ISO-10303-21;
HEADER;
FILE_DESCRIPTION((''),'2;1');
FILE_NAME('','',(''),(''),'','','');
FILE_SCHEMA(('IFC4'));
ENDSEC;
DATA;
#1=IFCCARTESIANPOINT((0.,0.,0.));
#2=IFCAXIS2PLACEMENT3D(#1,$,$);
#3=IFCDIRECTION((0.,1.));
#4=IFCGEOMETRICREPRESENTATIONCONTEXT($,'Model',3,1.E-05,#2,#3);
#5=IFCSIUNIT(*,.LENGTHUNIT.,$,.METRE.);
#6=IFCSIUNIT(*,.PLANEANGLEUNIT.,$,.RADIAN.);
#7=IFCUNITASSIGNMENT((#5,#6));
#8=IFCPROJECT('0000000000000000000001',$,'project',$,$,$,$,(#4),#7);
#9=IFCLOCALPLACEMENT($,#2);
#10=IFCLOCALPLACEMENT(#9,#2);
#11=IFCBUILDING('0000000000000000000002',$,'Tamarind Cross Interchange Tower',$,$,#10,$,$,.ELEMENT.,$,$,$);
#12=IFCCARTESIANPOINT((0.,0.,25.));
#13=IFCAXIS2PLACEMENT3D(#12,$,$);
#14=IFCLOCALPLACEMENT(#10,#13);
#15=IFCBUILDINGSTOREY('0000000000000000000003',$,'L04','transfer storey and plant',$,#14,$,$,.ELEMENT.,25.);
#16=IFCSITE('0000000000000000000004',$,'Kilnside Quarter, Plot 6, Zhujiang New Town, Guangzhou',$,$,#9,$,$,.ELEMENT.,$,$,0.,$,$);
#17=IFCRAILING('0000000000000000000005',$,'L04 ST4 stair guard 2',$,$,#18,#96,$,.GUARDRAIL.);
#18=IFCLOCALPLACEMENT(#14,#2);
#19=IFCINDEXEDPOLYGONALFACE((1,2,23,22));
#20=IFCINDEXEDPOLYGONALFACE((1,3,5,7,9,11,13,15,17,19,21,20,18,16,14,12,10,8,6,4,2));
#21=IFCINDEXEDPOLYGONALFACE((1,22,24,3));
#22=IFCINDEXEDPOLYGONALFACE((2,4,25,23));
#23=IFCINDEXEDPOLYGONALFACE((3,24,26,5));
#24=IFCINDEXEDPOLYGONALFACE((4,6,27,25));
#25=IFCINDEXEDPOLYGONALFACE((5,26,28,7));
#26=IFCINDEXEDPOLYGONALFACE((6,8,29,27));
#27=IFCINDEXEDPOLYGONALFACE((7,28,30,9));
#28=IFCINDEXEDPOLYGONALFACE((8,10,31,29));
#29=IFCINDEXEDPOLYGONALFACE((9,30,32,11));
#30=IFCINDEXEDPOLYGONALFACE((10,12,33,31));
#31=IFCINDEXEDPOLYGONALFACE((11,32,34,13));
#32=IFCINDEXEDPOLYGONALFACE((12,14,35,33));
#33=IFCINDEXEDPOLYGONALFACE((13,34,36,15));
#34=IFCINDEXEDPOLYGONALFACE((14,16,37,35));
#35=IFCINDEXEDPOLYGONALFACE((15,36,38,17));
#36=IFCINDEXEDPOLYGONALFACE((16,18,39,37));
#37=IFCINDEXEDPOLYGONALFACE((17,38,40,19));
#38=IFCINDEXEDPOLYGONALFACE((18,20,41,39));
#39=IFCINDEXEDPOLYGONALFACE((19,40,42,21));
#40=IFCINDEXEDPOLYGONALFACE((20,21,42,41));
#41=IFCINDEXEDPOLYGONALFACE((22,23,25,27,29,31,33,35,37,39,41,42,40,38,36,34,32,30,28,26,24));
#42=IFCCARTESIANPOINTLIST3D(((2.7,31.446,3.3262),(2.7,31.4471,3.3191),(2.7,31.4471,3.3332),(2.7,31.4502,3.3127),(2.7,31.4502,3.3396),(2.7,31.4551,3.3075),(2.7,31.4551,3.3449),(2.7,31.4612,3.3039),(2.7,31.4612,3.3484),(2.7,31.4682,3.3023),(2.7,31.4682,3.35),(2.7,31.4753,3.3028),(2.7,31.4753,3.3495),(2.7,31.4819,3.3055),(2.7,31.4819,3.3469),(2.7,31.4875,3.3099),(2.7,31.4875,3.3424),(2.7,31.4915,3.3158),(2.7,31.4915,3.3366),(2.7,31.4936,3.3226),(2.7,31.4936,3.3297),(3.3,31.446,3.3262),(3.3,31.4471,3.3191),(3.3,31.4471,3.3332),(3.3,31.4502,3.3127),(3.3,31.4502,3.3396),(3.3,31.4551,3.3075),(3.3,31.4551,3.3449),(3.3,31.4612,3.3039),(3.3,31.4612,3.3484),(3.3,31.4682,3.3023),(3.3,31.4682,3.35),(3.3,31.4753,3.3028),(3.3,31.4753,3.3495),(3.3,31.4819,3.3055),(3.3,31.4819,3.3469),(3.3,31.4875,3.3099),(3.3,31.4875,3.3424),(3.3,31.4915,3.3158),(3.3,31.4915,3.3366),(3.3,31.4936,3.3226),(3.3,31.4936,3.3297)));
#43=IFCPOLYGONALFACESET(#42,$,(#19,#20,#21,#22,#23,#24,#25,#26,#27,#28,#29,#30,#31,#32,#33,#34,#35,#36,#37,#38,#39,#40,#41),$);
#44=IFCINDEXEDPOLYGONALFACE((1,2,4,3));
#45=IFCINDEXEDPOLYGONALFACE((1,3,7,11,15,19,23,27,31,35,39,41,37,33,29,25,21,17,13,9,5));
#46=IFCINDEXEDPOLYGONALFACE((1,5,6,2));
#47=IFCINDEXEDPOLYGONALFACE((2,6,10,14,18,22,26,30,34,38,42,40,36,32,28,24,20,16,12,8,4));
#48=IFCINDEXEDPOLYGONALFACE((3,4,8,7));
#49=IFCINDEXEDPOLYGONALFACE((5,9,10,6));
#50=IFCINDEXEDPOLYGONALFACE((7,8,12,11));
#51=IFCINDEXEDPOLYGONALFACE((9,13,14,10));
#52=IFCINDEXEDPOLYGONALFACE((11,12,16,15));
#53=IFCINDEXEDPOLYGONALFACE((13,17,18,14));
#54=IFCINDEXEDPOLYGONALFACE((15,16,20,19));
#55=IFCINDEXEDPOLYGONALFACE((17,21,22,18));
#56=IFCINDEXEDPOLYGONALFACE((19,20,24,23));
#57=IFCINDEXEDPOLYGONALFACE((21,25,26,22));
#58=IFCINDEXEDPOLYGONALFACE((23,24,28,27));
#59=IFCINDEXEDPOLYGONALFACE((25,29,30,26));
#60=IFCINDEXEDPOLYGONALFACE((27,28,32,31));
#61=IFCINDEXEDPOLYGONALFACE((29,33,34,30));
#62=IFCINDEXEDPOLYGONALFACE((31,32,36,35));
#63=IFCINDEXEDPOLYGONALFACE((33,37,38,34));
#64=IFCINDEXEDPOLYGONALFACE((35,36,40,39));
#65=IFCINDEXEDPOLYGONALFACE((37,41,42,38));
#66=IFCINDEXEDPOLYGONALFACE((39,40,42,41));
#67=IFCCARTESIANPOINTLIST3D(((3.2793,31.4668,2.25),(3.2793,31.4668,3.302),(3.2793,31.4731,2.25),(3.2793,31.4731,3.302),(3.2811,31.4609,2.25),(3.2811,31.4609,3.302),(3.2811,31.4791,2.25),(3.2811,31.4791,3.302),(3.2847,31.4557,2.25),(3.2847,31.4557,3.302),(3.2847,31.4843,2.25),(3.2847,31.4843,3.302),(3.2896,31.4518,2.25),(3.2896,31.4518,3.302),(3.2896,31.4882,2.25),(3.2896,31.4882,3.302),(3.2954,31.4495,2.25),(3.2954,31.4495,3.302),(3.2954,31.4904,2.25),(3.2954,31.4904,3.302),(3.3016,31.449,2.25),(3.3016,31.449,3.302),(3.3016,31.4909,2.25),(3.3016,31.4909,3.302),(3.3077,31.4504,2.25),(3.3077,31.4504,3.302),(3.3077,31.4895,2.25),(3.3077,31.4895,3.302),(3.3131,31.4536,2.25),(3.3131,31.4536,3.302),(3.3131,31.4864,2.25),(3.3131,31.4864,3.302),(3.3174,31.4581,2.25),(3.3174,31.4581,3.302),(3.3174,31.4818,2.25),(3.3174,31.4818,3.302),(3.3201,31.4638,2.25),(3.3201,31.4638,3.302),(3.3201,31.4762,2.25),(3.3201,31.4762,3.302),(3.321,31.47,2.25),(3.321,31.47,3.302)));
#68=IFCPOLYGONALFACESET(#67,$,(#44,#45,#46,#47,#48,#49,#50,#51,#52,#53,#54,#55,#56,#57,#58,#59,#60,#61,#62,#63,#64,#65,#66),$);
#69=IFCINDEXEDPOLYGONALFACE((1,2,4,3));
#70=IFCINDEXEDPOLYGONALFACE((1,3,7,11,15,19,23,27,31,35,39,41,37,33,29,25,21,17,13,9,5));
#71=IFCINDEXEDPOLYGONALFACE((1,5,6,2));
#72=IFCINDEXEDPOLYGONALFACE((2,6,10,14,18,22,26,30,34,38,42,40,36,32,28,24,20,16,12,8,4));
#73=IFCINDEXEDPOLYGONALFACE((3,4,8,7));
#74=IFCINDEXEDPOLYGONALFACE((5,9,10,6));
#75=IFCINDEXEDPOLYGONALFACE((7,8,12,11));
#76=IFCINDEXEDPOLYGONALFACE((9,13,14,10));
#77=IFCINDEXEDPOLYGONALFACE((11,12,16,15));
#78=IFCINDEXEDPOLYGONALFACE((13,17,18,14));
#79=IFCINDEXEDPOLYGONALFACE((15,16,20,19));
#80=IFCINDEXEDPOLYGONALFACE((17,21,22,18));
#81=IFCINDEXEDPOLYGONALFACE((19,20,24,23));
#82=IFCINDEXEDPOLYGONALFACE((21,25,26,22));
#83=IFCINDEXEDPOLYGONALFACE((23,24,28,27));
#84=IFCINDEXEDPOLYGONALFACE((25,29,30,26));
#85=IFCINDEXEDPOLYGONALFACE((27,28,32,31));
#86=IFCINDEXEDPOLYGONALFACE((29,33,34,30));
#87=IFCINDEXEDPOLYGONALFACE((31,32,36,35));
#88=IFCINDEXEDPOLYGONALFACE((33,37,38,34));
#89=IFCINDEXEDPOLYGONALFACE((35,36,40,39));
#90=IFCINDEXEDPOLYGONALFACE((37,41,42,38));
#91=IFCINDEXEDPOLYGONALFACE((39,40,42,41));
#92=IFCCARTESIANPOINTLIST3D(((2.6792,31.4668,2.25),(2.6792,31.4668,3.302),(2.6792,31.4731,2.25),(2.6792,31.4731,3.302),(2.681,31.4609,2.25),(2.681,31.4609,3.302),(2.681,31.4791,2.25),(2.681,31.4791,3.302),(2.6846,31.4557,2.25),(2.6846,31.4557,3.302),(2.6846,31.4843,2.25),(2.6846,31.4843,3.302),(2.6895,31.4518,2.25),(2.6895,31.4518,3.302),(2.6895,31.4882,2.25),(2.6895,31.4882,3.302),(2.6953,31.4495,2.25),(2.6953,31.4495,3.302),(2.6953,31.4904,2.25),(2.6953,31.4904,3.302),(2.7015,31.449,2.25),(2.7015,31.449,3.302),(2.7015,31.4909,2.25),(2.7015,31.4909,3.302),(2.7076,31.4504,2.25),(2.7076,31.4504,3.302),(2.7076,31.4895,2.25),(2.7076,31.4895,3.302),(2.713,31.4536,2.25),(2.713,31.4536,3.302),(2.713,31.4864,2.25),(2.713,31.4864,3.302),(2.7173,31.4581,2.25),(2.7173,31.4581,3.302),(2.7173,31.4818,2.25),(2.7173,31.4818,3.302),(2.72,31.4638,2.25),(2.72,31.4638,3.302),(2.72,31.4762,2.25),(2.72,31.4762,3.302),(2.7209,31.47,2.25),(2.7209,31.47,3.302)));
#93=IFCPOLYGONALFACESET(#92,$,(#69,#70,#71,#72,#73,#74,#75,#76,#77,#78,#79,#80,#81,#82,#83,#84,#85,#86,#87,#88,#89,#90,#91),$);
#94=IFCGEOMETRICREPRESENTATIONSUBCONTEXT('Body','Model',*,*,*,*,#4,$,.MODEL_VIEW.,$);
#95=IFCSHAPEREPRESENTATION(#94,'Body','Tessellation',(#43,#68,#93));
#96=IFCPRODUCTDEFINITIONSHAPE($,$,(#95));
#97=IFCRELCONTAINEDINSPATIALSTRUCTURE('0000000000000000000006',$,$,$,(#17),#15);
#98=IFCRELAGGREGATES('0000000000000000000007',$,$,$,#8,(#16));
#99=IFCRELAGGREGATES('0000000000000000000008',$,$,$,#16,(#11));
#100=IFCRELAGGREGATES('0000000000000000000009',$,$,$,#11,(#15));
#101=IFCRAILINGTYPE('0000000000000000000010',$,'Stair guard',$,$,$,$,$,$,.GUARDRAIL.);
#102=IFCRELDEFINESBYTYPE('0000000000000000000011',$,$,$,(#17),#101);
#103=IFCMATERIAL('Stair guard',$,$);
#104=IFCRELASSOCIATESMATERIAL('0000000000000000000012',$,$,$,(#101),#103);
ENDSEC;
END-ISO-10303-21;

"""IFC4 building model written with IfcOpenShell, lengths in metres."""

from ifc_helpers import new_model, si_unit, direction, frame, origin, origin_2d, place, context, subcontext, project, spatial, circle, extrude, material, type_object, element, save


model = new_model("IFC4")

# Units and contexts
model_context = context("Model", 3, precision=1e-05, world=origin(), true_north=direction((0.0, 1.0)))
body_context = subcontext(model_context, "Body", "Model", "MODEL_VIEW")
ifc_project = project(units=[si_unit("LENGTHUNIT", "METRE"), si_unit("PLANEANGLEUNIT", "RADIAN")], contexts=[model_context])

# Site, building, storey
site_placement = place(None, origin())
site = spatial("IfcSite", under=ifc_project, at=site_placement, Name="Kilnside Quarter, Plot 6, Zhujiang New Town, Guangzhou", CompositionType="ELEMENT", RefElevation=0.0)
building_placement = place(site_placement, origin())
building = spatial("IfcBuilding", under=site, at=building_placement, Name="Tamarind Cross Interchange Tower", CompositionType="ELEMENT")
storey_placement = place(building_placement, frame((0.0, 0.0, 25.0)))
storey = spatial("IfcBuildingStorey", under=building, at=storey_placement, Name="L04", Description="transfer storey and plant", CompositionType="ELEMENT", Elevation=25.0)

# Railing
ifc_material_1 = material(Name="Stair guard")
railing_type_1 = type_object("IfcRailingType", Name="Stair guard", PredefinedType="GUARDRAIL", material=ifc_material_1)
railing_1_placement = place(storey_placement, frame((3.3, 31.47, 2.25)))
element("IfcRailing", 1, at=railing_1_placement, inside=storey, type_object=railing_type_1, Name="L04 ST4 stair guard 2", PredefinedType="GUARDRAIL", context=body_context, shape_type="SweptSolid", body=[
    extrude(circle(Radius=0.0239, at=origin_2d()), frame((0.0, 0.0, 1.0762), z_axis=(-1.0, 0.0, 0.0), x_axis=(0.0, -1.0, 0.0)), (0.0, 0.0, 1.0), 0.6001),
    extrude(circle(Radius=0.021, at=origin_2d()), origin(), (0.0, 0.0, 1.0), 1.052),
    extrude(circle(Radius=0.021, at=origin_2d()), frame((-0.6001, 0.0, 0.0)), (0.0, 0.0, 1.0), 1.052),
])

save(model, "model.ifc")
